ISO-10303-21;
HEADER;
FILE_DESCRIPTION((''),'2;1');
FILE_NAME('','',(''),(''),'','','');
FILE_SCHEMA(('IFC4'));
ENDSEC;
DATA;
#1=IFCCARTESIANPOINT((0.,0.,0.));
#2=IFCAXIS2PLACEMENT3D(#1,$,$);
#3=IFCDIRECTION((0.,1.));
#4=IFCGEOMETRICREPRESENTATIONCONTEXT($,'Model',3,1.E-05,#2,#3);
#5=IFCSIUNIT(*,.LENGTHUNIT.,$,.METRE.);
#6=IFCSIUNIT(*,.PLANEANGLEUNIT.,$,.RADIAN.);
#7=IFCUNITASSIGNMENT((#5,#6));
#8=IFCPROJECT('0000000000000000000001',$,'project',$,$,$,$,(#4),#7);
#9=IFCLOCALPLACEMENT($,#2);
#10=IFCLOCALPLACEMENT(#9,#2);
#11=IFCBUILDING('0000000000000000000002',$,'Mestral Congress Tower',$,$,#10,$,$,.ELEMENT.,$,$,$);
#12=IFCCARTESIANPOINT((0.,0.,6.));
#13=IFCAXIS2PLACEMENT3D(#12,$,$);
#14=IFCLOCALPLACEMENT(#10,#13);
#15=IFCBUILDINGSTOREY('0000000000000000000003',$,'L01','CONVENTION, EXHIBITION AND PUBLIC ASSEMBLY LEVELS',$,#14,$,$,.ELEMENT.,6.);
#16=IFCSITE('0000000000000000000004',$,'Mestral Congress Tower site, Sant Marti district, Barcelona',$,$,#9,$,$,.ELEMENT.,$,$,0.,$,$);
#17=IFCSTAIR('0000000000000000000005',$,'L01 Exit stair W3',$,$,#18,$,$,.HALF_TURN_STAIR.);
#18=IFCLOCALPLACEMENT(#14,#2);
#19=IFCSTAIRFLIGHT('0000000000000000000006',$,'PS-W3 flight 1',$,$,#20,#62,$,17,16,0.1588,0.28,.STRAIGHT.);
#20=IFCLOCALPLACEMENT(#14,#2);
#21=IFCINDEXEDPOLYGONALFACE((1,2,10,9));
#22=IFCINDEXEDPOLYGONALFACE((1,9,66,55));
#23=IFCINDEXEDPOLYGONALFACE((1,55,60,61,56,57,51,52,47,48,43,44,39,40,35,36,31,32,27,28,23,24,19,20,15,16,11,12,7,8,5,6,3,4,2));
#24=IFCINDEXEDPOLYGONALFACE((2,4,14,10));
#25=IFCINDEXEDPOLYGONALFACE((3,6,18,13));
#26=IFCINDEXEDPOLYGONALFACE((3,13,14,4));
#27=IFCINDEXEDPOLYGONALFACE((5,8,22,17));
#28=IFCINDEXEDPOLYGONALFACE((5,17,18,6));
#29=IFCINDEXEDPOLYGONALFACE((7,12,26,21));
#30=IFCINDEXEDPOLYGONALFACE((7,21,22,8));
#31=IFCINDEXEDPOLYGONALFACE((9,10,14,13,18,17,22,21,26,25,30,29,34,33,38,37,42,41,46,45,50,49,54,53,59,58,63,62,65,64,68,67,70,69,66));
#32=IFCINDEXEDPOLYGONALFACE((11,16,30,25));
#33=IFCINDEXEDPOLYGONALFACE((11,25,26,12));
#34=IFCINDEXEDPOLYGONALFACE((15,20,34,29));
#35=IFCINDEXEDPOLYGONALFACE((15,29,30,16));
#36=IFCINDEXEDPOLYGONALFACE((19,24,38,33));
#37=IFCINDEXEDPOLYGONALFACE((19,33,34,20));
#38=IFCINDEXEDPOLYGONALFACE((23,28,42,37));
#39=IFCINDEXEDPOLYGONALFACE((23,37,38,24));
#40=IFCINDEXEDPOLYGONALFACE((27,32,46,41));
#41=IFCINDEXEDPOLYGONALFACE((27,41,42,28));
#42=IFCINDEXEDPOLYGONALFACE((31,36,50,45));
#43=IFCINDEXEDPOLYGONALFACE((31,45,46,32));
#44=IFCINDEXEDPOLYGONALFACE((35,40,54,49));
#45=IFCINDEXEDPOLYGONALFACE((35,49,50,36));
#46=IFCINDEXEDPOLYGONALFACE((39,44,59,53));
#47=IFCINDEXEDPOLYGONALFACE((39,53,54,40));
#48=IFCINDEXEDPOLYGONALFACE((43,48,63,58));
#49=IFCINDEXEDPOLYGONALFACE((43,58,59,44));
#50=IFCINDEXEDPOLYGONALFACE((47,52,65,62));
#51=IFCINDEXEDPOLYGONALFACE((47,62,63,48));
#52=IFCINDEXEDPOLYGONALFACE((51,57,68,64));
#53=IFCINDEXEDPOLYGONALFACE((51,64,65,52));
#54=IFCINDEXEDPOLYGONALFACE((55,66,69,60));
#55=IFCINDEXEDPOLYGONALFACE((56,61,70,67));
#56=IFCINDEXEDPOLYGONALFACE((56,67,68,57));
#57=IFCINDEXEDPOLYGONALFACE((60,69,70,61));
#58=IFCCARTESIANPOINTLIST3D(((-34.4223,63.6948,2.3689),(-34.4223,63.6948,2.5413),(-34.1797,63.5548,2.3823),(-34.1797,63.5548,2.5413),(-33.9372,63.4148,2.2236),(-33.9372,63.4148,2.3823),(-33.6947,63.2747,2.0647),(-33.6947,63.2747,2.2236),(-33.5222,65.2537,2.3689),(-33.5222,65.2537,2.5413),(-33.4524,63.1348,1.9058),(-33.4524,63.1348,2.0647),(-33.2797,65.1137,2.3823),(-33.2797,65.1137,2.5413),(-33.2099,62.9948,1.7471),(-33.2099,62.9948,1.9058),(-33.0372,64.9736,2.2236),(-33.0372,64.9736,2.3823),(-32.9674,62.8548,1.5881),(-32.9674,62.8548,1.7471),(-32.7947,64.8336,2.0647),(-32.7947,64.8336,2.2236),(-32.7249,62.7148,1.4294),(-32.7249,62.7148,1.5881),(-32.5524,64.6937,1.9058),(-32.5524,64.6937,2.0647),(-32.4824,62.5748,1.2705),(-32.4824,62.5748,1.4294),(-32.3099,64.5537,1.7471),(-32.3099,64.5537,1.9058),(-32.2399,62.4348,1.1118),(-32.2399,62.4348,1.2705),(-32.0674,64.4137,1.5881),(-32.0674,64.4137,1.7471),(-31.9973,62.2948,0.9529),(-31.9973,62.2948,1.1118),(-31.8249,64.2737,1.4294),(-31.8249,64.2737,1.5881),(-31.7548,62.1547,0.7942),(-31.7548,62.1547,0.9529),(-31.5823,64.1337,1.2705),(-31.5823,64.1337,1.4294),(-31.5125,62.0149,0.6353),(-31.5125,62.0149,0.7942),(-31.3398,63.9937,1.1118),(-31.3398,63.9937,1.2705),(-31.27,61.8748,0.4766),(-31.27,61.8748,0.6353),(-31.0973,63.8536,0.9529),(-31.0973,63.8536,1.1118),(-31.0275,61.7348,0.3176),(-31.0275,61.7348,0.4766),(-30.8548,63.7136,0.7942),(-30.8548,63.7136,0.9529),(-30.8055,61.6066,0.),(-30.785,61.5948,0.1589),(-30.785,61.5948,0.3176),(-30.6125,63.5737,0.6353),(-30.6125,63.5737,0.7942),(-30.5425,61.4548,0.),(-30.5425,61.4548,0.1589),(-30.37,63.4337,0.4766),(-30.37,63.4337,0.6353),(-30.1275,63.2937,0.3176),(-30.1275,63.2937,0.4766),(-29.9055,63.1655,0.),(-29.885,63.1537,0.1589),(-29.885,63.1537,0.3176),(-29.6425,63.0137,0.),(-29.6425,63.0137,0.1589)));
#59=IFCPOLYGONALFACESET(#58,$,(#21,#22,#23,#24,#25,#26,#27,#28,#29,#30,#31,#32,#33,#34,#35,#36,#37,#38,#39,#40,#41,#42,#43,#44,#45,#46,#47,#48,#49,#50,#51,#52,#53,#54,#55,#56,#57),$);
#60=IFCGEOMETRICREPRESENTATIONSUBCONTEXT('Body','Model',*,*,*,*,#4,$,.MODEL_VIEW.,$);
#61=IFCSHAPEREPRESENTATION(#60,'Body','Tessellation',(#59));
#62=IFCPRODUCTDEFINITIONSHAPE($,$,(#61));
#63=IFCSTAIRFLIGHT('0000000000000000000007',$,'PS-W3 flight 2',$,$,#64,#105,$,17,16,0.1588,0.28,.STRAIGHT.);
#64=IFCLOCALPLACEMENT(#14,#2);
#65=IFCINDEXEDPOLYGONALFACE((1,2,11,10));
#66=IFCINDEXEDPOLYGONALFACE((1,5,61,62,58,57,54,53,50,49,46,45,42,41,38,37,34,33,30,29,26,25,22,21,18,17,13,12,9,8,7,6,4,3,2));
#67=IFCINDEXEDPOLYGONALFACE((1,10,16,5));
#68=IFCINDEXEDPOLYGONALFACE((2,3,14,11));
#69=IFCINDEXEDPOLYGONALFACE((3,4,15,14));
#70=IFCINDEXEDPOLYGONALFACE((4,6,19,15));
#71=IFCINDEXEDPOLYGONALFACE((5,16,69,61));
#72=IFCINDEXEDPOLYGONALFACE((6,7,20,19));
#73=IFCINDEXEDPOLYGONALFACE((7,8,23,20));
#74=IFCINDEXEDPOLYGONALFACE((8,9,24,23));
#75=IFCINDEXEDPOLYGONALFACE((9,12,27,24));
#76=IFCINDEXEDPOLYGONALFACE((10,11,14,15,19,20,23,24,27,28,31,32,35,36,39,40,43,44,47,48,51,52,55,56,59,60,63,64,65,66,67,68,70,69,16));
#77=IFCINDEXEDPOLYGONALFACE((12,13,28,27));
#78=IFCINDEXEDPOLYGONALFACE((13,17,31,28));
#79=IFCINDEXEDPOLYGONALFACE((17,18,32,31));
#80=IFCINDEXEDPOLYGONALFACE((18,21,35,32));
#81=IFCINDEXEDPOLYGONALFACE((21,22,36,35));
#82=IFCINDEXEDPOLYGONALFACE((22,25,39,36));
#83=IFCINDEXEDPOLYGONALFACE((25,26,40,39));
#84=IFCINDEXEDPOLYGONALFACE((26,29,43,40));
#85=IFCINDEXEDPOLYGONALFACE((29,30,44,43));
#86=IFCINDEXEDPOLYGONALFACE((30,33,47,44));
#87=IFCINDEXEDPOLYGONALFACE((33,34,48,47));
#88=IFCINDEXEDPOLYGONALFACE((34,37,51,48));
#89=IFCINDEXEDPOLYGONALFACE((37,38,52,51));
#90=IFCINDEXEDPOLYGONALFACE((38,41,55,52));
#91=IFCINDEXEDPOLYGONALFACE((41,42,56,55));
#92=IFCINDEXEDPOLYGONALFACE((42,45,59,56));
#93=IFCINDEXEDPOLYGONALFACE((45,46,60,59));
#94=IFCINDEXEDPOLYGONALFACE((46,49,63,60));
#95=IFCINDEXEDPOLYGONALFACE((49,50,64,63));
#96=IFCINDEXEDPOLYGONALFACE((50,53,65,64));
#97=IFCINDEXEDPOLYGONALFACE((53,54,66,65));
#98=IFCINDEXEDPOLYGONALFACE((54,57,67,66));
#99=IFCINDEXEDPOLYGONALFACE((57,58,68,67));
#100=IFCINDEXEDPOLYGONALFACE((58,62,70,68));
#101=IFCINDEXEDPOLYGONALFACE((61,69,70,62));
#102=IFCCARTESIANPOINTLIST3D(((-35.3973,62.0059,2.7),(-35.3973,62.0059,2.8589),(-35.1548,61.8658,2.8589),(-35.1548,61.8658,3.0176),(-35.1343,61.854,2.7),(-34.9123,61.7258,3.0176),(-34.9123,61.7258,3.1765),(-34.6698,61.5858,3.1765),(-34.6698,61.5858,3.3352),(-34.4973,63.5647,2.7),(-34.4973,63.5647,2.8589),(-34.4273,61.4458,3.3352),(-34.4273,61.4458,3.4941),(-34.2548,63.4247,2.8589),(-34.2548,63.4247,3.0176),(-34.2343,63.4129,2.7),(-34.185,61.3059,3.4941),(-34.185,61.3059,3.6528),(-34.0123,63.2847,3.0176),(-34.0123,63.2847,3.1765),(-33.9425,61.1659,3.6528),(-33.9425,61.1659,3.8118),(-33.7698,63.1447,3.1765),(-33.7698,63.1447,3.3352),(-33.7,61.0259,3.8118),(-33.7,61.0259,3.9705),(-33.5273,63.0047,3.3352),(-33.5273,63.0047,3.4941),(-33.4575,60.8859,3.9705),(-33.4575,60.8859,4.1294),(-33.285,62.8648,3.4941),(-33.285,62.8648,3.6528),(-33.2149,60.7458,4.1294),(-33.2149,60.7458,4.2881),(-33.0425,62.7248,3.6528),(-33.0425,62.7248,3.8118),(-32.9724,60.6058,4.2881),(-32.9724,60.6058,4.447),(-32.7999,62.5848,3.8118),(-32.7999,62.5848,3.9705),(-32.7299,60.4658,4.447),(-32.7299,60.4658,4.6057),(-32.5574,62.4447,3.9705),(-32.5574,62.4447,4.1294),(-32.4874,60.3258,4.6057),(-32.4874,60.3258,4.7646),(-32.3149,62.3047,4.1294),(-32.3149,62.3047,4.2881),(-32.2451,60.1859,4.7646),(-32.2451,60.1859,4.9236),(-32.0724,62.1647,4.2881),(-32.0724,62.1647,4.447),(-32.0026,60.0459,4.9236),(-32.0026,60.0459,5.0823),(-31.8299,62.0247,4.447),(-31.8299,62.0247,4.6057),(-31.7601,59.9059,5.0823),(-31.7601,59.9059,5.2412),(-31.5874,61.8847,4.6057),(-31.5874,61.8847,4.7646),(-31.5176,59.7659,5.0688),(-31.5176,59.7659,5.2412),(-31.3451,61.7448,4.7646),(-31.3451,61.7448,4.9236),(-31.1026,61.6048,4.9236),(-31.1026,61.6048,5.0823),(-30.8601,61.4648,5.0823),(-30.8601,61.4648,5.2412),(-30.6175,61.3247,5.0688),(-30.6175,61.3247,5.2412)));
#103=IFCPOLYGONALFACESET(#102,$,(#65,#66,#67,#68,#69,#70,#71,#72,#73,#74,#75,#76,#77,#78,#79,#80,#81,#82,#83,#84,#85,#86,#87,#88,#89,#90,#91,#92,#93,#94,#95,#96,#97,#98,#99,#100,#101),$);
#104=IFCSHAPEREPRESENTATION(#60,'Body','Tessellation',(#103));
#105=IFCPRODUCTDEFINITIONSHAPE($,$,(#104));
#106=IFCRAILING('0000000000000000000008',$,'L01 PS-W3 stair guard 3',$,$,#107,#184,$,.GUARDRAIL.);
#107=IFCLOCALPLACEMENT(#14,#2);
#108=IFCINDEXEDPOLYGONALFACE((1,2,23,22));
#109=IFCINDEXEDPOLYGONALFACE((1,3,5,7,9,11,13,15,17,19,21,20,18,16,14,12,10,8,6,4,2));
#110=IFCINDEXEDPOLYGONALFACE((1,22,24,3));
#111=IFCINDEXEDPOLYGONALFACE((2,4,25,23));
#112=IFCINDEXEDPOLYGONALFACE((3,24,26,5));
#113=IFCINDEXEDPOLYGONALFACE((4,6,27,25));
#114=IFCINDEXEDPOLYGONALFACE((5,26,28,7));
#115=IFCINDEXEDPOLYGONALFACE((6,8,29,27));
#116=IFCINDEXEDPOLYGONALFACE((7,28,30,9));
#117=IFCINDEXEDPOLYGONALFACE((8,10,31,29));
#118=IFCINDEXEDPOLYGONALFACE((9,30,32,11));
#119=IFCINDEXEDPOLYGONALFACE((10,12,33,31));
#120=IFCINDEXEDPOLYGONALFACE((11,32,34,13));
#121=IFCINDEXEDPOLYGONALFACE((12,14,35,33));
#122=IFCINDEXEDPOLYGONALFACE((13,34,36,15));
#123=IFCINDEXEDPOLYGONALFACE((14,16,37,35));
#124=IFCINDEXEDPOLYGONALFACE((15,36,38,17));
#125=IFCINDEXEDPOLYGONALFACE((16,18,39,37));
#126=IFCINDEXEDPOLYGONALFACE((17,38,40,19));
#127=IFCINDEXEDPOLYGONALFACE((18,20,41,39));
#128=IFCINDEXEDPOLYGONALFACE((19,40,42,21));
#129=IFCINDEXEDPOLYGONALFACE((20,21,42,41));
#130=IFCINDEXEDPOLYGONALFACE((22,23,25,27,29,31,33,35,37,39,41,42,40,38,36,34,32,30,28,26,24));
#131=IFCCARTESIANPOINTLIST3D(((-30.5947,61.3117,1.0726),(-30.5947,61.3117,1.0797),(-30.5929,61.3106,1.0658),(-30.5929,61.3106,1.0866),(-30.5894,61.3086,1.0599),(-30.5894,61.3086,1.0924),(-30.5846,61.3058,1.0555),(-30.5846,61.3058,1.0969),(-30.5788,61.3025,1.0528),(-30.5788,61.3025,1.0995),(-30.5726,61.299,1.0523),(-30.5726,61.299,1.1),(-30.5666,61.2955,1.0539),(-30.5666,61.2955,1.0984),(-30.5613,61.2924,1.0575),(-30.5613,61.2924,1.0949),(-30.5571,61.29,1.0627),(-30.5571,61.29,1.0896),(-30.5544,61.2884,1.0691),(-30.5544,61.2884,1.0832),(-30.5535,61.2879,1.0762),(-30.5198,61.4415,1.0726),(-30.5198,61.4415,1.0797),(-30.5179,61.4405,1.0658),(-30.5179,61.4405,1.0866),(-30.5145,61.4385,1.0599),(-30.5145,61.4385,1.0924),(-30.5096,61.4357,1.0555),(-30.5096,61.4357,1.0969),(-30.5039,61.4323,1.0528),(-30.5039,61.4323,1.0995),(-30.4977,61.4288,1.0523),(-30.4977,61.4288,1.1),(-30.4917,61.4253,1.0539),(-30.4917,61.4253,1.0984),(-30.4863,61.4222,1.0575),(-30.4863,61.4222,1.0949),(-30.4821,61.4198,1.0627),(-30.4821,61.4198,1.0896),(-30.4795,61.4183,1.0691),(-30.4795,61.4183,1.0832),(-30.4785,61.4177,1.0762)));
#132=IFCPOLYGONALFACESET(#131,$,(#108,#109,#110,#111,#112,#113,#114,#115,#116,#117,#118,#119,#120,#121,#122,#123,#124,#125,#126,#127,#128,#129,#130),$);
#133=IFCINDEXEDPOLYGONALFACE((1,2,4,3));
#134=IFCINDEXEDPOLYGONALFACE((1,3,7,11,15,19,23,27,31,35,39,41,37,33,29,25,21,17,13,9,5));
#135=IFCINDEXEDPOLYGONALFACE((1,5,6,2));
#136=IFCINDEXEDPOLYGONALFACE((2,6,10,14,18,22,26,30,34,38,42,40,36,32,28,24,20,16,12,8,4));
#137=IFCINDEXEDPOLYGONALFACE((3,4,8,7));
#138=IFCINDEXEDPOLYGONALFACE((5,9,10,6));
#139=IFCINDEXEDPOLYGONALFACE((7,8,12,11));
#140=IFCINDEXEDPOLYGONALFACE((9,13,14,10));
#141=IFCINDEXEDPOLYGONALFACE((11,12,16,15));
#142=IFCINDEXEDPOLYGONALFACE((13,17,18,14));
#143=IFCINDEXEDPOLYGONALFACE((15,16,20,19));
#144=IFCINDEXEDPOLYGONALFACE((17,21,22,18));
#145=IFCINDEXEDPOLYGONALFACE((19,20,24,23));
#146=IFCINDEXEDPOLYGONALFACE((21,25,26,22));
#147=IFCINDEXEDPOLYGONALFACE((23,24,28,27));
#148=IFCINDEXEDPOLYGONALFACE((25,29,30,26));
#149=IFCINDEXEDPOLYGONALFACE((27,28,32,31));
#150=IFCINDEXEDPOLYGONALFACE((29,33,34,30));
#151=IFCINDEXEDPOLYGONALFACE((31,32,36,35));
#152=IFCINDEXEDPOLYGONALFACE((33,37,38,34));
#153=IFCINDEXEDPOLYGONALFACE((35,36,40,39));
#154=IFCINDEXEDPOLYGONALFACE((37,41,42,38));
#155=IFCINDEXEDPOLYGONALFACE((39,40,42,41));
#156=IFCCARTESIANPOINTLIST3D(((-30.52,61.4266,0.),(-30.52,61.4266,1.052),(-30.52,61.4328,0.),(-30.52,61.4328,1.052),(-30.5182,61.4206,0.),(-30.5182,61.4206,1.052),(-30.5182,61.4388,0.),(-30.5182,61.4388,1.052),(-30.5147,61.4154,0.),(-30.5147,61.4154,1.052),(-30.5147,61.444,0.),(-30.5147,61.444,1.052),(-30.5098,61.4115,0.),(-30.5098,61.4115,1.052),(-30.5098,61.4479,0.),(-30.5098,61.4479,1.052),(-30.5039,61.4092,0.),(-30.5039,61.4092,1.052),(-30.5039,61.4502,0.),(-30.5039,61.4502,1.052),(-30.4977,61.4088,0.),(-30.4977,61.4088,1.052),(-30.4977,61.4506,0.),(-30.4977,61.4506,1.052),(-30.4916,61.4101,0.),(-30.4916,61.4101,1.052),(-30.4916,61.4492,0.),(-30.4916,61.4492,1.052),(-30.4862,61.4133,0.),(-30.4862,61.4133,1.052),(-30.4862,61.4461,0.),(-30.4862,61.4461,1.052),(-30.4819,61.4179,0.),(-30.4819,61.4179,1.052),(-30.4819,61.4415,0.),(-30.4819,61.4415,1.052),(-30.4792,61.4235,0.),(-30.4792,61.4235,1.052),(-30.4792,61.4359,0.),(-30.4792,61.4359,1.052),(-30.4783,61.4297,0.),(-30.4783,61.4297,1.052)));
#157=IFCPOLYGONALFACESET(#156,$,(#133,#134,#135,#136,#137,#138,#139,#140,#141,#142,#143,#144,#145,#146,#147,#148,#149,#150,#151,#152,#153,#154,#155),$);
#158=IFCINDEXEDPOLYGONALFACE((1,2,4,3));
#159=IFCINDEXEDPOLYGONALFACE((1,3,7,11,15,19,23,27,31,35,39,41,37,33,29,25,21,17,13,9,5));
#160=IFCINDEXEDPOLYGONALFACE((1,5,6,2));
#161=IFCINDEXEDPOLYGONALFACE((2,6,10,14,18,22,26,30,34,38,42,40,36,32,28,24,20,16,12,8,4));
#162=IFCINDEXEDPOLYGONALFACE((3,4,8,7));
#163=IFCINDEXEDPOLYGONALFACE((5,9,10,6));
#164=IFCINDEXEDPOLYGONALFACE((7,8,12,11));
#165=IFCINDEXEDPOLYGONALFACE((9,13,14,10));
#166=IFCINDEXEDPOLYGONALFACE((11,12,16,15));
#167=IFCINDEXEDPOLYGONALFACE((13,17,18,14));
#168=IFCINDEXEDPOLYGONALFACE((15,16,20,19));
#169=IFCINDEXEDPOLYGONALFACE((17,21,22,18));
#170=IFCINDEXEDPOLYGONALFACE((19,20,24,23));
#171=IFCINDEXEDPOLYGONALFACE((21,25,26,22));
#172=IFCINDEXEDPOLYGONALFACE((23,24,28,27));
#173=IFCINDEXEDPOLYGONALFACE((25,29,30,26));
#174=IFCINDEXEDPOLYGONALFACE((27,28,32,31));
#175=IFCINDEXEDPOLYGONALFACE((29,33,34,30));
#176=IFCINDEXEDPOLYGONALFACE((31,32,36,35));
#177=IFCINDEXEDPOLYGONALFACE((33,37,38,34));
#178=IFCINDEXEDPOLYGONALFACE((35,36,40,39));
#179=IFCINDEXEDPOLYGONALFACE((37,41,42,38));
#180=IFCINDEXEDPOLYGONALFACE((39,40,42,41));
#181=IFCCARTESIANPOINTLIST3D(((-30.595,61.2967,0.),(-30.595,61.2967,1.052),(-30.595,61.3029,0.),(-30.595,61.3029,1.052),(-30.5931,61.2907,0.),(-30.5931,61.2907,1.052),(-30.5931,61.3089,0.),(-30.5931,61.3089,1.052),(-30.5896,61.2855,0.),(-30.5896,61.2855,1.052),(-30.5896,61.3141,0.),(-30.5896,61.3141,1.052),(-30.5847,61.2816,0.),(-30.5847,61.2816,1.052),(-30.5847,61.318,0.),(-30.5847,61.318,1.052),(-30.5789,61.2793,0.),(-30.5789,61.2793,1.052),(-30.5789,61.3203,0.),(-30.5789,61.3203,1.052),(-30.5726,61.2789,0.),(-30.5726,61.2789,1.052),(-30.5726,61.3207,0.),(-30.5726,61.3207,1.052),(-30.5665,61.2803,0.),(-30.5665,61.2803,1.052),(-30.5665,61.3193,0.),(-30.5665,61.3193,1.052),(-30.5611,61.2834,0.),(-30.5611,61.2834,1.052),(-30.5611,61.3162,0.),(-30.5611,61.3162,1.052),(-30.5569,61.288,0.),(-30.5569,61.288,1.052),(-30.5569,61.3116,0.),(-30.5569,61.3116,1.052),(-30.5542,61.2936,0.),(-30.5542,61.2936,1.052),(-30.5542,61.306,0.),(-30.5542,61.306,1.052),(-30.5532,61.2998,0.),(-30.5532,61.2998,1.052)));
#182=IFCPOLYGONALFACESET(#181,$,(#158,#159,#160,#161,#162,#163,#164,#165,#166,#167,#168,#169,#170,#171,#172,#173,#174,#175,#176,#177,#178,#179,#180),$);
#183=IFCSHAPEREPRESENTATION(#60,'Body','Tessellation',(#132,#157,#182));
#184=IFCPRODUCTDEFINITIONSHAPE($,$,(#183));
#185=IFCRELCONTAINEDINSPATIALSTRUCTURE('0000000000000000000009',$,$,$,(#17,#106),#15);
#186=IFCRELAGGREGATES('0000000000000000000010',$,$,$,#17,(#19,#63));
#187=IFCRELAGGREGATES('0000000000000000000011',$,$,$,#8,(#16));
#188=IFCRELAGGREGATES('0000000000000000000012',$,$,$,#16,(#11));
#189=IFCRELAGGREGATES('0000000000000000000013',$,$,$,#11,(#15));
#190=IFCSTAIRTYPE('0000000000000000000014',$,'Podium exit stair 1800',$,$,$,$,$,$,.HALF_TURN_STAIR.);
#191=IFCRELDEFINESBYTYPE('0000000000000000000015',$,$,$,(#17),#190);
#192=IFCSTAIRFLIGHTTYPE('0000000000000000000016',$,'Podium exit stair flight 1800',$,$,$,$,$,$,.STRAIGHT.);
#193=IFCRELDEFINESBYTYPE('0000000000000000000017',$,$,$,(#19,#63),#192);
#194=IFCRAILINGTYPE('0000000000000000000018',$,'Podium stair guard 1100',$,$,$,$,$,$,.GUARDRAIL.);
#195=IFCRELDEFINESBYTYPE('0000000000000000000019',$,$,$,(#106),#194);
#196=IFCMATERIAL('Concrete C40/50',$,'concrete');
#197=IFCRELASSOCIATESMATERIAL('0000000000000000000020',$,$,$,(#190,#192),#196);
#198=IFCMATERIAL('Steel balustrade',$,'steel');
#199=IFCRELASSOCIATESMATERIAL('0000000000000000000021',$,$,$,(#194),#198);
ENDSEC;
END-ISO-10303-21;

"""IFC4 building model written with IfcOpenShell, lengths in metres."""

from ifc_helpers import new_model, si_unit, direction, frame, origin, origin_2d, place, context, subcontext, project, spatial, polyline, circle, outline, extrude, material, type_object, element, aggregate, save


model = new_model("IFC4")

# Units and contexts
model_context = context("Model", 3, precision=1e-05, world=origin(), true_north=direction((0.0, 1.0)))
body_context = subcontext(model_context, "Body", "Model", "MODEL_VIEW")
ifc_project = project(units=[si_unit("LENGTHUNIT", "METRE"), si_unit("PLANEANGLEUNIT", "RADIAN")], contexts=[model_context])

# Site, building, storey
site_placement = place(None, origin())
site = spatial("IfcSite", under=ifc_project, at=site_placement, Name="Mestral Congress Tower site, Sant Marti district, Barcelona", CompositionType="ELEMENT", RefElevation=0.0)
building_placement = place(site_placement, origin())
building = spatial("IfcBuilding", under=site, at=building_placement, Name="Mestral Congress Tower", CompositionType="ELEMENT")
storey_placement = place(building_placement, frame((0.0, 0.0, 6.0)))
storey = spatial("IfcBuildingStorey", under=building, at=storey_placement, Name="L01", Description="CONVENTION, EXHIBITION AND PUBLIC ASSEMBLY LEVELS", CompositionType="ELEMENT", Elevation=6.0)

# Shared definitions
ifc_material_1 = material(Name="Concrete C40/50", Category="concrete")
stair_type = type_object("IfcStairType", Name="Podium exit stair 1800", PredefinedType="HALF_TURN_STAIR", material=ifc_material_1)
placement = place(storey_placement, origin())
stair_flight_type = type_object("IfcStairFlightType", Name="Podium exit stair flight 1800", PredefinedType="STRAIGHT", material=ifc_material_1)

# Stair, stair flights
stair_1 = element("IfcStair", 1, at=placement, inside=storey, type_object=stair_type, Name="L01 Exit stair W3", PredefinedType="HALF_TURN_STAIR")
stair_flight_1_placement = place(storey_placement, frame((-30.0925, 62.2341, 0.0), z_axis=(0.0, 0.0, 1.0), x_axis=(-0.866025, 0.5, 0.0)))
stair_flight_1 = element("IfcStairFlight", 2, at=stair_flight_1_placement, type_object=stair_flight_type, Name="PS-W3 flight 1", NumberOfRisers=17, NumberOfTreads=16, PredefinedType="STRAIGHT", RiserHeight=0.1588, TreadLength=0.28, context=body_context, shape_type="SweptSolid", body=[
    extrude(outline(polyline([(0.0, 0.0), (0.0, 0.1589), (0.28, 0.1589), (0.28, 0.3176), (0.5601, 0.3176), (0.5601, 0.4766), (0.8401, 0.4766), (0.8401, 0.6353), (1.1201, 0.6353), (1.1201, 0.7942), (1.3999, 0.7942), (1.3999, 0.9529), (1.6799, 0.9529), (1.6799, 1.1118), (1.96, 1.1118), (1.96, 1.2705), (2.24, 1.2705), (2.24, 1.4294), (2.52, 1.4294), (2.52, 1.5881), (2.8, 1.5881), (2.8, 1.7471), (3.0801, 1.7471), (3.0801, 1.9058), (3.3601, 1.9058), (3.3601, 2.0647), (3.6399, 2.0647), (3.6399, 2.2236), (3.9199, 2.2236), (3.9199, 2.3823), (4.2, 2.3823), (4.2, 2.5413), (4.48, 2.5413), (4.48, 2.7), (4.48, 2.3689), (0.3037, 0.0), (0.0, 0.0)])), frame((0.0, 0.8999, 0.0), z_axis=(0.0, -1.0, 0.0), x_axis=(1.0, 0.0, 0.0)), (0.0, 0.0, 1.0), 1.8),
])
stair_flight_2_placement = place(storey_placement, frame((-34.9473, 62.7854, 2.7), z_axis=(0.0, 0.0, 1.0), x_axis=(0.866025, -0.5, 0.0)))
stair_flight_2 = element("IfcStairFlight", 3, at=stair_flight_2_placement, type_object=stair_flight_type, Name="PS-W3 flight 2", NumberOfRisers=17, NumberOfTreads=16, PredefinedType="STRAIGHT", RiserHeight=0.1588, TreadLength=0.28, context=body_context, shape_type="SweptSolid", body=[
    extrude(outline(polyline([(0.0, 0.0), (0.0, 0.1589), (0.28, 0.1589), (0.28, 0.3176), (0.5601, 0.3176), (0.5601, 0.4766), (0.8401, 0.4766), (0.8401, 0.6353), (1.1201, 0.6353), (1.1201, 0.7942), (1.3999, 0.7942), (1.3999, 0.9529), (1.6799, 0.9529), (1.6799, 1.1118), (1.96, 1.1118), (1.96, 1.2705), (2.24, 1.2705), (2.24, 1.4294), (2.52, 1.4294), (2.52, 1.5881), (2.8, 1.5881), (2.8, 1.7471), (3.0801, 1.7471), (3.0801, 1.9058), (3.3601, 1.9058), (3.3601, 2.0647), (3.6399, 2.0647), (3.6399, 2.2236), (3.9199, 2.2236), (3.9199, 2.3823), (4.2, 2.3823), (4.2, 2.5413), (4.48, 2.5413), (4.48, 2.7), (4.48, 2.3689), (0.3037, 0.0), (0.0, 0.0)])), frame((0.0, 0.8999, 0.0), z_axis=(0.0, -1.0, 0.0), x_axis=(1.0, 0.0, 0.0)), (0.0, 0.0, 1.0), 1.8),
])
aggregate(stair_1, [stair_flight_1, stair_flight_2])

# Railing
ifc_material_2 = material(Name="Steel balustrade", Category="steel")
railing_type_1 = type_object("IfcRailingType", Name="Podium stair guard 1100", PredefinedType="GUARDRAIL", material=ifc_material_2)
railing_1_placement = place(storey_placement, frame((-30.4993, 61.4297, 0.0)))
element("IfcRailing", 4, at=railing_1_placement, inside=storey, type_object=railing_type_1, Name="L01 PS-W3 stair guard 3", PredefinedType="GUARDRAIL", context=body_context, shape_type="SweptSolid", body=[
    extrude(circle(Radius=0.0239, at=origin_2d()), frame((0.0, 0.0, 1.0762), z_axis=(-0.499816, -0.866131, 0.0), x_axis=(0.866131, -0.499816, 0.0)), (0.0, 0.0, 1.0), 0.1499),
    extrude(circle(Radius=0.021, at=origin_2d()), origin(), (0.0, 0.0, 1.0), 1.052),
    extrude(circle(Radius=0.021, at=origin_2d()), frame((-0.075, -0.1299, 0.0)), (0.0, 0.0, 1.0), 1.052),
])

save(model, "model.ifc")
